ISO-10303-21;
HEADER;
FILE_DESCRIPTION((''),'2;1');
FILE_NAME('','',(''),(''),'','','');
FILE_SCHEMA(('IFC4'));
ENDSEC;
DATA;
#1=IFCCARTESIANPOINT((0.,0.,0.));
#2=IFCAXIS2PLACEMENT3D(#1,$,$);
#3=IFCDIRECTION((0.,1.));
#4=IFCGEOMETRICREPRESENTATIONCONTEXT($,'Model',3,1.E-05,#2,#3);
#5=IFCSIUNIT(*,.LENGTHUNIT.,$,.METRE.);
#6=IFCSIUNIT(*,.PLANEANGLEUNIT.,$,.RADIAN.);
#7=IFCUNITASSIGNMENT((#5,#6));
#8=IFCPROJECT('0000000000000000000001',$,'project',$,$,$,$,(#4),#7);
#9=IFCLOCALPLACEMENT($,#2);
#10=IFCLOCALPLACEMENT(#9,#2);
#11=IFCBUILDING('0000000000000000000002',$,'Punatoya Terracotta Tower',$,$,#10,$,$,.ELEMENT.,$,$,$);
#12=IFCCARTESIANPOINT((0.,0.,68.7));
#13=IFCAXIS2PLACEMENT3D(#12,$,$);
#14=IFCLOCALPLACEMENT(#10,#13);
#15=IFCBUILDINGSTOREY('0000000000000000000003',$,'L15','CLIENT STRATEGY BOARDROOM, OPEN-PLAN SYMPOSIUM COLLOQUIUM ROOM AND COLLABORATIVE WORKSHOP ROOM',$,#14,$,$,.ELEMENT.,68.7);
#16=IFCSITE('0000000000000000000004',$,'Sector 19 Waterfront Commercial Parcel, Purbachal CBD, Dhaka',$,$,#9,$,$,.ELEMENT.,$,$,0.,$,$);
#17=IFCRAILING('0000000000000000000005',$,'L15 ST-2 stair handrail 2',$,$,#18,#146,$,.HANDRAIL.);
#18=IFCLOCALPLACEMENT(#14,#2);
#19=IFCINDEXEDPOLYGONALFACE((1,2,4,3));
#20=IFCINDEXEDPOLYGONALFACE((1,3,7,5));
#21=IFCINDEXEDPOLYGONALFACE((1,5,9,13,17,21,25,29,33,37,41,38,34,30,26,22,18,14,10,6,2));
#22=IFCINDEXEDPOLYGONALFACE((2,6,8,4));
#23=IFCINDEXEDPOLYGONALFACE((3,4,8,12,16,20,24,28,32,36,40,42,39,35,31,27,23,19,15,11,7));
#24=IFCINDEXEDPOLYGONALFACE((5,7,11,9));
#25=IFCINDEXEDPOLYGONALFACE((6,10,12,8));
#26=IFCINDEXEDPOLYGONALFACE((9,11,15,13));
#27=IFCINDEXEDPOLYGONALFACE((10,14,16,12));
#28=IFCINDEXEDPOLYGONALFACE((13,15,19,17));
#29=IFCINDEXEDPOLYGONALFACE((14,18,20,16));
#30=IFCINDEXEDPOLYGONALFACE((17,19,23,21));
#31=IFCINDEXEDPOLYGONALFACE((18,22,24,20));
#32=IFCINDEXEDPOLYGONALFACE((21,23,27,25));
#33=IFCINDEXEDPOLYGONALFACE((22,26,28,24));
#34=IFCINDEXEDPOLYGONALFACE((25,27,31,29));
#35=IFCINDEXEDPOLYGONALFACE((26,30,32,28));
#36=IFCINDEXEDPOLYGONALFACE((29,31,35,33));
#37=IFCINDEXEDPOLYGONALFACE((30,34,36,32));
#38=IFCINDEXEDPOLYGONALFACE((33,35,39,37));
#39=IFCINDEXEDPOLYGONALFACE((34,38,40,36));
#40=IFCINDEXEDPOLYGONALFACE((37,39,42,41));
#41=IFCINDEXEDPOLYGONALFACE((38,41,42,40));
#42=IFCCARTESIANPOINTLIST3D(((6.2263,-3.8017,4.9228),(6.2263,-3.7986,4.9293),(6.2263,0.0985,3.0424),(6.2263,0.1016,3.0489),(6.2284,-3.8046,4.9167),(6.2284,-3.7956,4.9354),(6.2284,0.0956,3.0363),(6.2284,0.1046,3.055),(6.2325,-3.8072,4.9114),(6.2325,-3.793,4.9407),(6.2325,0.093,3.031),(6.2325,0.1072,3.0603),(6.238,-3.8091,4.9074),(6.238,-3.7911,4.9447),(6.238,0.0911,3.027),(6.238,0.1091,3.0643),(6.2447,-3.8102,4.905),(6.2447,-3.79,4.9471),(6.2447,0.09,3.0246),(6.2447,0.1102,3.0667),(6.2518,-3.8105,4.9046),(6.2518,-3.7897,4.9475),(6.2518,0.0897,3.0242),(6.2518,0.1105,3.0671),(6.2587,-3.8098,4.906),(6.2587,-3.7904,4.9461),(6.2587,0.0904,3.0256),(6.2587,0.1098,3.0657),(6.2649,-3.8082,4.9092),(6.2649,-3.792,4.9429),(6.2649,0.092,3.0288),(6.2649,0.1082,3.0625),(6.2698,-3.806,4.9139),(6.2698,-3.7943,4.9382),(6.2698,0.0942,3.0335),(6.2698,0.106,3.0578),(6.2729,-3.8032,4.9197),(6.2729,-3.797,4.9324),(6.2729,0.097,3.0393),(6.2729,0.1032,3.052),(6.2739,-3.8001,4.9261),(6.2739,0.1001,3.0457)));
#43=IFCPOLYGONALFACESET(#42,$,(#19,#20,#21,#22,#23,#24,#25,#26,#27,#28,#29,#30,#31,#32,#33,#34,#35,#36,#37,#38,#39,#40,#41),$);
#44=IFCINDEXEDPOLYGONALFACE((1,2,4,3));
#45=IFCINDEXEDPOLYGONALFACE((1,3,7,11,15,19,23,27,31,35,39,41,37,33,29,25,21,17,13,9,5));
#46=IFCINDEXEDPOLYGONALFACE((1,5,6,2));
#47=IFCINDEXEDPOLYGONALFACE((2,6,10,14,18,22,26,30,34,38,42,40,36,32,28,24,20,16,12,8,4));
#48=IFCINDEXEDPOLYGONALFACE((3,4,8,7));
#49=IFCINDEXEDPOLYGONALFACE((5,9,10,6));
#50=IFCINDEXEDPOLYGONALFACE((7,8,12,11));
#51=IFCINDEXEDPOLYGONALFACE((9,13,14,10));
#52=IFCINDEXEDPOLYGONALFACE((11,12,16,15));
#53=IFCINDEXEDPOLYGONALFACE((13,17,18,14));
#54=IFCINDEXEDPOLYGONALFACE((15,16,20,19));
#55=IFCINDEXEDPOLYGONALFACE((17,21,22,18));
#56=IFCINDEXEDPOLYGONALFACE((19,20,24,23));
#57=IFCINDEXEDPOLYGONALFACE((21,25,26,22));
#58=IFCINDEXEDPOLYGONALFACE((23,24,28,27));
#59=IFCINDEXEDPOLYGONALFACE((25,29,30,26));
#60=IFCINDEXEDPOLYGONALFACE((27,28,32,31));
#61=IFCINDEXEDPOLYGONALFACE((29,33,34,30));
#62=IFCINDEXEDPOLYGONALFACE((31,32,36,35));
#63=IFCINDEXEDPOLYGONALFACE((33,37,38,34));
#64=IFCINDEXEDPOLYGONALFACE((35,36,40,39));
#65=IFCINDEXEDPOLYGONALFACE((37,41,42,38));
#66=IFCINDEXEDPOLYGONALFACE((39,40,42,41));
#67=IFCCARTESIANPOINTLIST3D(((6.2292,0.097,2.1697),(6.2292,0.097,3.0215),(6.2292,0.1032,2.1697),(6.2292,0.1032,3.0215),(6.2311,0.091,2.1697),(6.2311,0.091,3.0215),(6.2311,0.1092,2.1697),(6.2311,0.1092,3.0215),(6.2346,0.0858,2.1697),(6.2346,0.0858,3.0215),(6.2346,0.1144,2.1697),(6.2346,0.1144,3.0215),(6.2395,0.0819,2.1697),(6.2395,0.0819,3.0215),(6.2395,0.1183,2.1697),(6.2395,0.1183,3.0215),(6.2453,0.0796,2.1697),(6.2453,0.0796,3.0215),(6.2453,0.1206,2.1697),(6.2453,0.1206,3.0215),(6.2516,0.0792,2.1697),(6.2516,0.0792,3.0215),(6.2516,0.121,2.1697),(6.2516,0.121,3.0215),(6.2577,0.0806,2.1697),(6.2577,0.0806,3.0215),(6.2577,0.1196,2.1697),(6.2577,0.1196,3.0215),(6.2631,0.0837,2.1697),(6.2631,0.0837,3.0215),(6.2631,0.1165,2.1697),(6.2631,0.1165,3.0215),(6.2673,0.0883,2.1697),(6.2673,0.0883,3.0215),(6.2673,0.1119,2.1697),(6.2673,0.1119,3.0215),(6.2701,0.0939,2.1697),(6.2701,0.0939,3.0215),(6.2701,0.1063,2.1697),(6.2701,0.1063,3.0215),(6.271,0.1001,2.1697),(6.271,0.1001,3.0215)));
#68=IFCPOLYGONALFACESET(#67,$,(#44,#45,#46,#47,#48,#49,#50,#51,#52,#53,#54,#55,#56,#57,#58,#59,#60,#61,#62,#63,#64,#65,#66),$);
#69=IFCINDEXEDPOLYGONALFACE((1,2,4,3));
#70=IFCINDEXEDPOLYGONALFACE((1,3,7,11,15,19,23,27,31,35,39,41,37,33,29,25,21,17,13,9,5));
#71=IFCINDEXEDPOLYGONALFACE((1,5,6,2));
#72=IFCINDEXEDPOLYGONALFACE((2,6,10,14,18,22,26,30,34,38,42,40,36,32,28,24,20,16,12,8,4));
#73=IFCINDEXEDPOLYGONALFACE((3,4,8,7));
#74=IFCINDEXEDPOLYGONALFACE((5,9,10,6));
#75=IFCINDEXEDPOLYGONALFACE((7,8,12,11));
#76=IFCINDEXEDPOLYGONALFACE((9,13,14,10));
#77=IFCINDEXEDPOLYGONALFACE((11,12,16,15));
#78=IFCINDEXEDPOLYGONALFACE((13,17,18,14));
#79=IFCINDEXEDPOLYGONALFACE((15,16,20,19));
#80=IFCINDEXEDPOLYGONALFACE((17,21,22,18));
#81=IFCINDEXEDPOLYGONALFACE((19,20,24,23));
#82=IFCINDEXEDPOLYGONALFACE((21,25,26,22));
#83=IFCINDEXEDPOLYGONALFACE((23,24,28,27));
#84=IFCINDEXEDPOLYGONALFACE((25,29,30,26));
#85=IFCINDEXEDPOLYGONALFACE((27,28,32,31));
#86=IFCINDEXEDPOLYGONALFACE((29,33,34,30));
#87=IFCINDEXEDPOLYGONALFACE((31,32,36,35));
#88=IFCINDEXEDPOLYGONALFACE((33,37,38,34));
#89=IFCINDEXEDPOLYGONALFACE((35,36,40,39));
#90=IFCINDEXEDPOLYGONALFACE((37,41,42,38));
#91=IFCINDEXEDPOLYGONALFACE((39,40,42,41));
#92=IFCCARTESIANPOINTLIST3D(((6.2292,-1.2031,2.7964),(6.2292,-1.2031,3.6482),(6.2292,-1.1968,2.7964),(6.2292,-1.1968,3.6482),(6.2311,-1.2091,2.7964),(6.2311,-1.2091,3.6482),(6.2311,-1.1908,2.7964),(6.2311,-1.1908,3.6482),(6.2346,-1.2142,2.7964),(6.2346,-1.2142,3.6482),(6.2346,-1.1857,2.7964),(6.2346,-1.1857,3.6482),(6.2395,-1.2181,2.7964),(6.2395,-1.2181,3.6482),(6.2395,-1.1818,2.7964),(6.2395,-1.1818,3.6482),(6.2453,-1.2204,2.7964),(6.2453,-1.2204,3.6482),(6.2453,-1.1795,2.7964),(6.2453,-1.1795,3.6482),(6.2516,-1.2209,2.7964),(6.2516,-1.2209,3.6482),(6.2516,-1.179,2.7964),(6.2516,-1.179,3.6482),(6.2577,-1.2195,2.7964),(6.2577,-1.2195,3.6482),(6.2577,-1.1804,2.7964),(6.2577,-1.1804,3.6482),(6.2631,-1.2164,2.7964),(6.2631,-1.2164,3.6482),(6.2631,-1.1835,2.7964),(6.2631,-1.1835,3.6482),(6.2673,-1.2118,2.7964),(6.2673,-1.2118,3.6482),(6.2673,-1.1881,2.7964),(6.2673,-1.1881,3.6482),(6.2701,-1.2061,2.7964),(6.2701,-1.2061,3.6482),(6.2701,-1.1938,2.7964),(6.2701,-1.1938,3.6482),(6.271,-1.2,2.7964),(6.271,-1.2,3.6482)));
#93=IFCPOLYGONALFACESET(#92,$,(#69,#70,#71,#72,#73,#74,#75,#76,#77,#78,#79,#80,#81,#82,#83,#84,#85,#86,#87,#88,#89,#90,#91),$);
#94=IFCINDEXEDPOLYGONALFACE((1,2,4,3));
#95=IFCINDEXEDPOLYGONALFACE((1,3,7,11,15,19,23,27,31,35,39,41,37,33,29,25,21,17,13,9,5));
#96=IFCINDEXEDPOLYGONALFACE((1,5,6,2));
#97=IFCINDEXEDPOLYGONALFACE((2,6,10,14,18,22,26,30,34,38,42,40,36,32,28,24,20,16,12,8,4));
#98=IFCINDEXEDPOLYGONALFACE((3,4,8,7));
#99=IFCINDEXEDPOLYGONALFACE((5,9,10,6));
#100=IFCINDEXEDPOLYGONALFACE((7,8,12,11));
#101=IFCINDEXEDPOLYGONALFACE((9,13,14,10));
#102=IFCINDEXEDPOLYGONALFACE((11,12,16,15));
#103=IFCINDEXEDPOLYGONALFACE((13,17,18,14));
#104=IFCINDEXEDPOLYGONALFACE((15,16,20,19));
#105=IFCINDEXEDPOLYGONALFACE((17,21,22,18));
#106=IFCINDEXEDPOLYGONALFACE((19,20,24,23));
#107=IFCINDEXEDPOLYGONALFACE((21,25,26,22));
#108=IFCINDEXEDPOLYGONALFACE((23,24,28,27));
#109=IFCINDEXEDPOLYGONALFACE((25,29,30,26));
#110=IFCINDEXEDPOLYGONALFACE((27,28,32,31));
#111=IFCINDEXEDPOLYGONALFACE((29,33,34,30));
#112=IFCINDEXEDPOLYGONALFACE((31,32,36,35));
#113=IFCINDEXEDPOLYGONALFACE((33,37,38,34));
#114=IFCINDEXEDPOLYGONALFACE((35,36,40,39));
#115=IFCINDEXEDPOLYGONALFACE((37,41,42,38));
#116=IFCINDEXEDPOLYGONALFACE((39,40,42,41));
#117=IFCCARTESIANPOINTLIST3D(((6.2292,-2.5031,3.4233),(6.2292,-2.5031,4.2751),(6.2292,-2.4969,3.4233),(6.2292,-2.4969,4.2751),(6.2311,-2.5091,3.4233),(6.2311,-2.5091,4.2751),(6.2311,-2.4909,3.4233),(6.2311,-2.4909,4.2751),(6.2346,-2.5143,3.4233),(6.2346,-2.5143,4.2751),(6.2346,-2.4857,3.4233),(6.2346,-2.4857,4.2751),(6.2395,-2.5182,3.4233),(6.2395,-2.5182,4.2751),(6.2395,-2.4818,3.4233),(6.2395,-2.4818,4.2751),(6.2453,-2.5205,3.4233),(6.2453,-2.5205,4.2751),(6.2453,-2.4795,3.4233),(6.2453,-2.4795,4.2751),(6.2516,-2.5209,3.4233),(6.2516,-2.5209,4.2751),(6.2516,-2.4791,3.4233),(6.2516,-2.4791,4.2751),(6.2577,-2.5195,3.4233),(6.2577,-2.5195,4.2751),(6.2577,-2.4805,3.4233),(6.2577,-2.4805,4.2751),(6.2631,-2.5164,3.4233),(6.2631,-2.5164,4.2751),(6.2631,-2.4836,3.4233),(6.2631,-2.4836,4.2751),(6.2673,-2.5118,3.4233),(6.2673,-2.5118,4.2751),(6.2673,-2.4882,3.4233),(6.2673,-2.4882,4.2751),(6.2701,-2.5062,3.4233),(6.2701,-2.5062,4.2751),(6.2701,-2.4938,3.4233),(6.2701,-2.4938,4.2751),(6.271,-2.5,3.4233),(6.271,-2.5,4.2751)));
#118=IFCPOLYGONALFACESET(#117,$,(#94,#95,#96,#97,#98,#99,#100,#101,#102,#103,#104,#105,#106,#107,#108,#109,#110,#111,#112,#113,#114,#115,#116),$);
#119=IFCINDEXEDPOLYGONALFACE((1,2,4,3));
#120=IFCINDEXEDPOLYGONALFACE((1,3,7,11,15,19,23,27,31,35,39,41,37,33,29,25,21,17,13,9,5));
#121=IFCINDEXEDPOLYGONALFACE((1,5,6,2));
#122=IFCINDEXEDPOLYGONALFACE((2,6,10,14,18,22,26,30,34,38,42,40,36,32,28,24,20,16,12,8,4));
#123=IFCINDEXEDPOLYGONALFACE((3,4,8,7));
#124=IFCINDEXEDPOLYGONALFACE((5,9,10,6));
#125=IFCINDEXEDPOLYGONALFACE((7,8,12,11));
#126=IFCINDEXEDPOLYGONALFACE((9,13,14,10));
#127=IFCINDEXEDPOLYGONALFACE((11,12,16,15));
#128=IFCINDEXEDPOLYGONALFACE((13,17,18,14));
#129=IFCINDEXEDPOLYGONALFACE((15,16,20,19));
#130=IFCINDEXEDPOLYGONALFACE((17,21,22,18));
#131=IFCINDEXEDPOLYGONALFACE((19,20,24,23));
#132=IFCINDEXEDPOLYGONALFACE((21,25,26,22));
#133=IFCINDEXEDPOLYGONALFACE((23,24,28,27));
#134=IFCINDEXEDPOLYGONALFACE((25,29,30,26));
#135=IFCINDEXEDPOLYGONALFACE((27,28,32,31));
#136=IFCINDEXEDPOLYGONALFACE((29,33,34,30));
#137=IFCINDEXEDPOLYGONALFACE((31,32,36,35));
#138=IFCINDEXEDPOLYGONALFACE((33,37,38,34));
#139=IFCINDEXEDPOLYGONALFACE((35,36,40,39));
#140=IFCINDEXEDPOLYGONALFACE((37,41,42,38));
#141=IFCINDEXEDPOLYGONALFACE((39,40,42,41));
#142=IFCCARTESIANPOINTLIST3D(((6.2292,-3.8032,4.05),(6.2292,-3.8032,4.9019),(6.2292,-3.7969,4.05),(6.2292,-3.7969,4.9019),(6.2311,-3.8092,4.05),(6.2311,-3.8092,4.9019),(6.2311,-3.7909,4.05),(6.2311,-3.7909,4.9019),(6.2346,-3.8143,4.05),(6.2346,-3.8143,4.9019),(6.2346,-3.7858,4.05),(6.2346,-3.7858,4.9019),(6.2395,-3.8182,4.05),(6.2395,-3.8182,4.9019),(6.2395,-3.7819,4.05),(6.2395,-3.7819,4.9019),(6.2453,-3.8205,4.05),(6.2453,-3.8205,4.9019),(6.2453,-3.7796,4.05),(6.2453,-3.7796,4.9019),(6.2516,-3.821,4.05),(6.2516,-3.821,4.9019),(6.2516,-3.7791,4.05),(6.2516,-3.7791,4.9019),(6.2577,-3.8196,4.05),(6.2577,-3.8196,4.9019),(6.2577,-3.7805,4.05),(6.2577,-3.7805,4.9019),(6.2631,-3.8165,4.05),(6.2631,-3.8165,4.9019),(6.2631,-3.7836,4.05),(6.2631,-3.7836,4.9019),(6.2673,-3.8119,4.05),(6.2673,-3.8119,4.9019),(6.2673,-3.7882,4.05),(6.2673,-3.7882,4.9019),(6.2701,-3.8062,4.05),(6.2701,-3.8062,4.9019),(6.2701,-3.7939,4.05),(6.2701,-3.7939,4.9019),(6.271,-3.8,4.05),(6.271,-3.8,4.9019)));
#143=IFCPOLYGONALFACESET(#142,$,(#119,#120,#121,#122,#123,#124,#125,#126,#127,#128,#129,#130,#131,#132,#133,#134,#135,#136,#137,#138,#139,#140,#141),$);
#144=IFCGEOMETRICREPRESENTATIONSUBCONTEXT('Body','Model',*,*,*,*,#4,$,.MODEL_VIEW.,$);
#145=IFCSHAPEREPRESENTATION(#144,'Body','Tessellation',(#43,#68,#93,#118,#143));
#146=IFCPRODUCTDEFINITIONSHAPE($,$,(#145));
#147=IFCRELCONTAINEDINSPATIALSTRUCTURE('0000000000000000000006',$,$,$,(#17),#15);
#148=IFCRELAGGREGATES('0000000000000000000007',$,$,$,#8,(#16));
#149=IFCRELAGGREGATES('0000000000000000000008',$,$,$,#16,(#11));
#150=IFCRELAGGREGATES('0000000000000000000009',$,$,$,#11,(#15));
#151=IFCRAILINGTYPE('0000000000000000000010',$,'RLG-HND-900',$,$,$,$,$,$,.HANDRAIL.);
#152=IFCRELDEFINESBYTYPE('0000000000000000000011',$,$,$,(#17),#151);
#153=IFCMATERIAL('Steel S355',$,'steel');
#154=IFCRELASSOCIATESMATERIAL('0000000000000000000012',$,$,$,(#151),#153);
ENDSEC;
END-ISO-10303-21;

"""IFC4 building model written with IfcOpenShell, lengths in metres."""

from ifc_helpers import new_model, si_unit, direction, frame, origin, origin_2d, place, context, subcontext, project, spatial, circle, extrude, material, type_object, element, save


model = new_model("IFC4")

# Units and contexts
model_context = context("Model", 3, precision=1e-05, world=origin(), true_north=direction((0.0, 1.0)))
body_context = subcontext(model_context, "Body", "Model", "MODEL_VIEW")
ifc_project = project(units=[si_unit("LENGTHUNIT", "METRE"), si_unit("PLANEANGLEUNIT", "RADIAN")], contexts=[model_context])

# Site, building, storey
site_placement = place(None, origin())
site = spatial("IfcSite", under=ifc_project, at=site_placement, Name="Sector 19 Waterfront Commercial Parcel, Purbachal CBD, Dhaka", CompositionType="ELEMENT", RefElevation=0.0)
building_placement = place(site_placement, origin())
building = spatial("IfcBuilding", under=site, at=building_placement, Name="Punatoya Terracotta Tower", CompositionType="ELEMENT")
storey_placement = place(building_placement, frame((0.0, 0.0, 68.7)))
storey = spatial("IfcBuildingStorey", under=building, at=storey_placement, Name="L15", Description="CLIENT STRATEGY BOARDROOM, OPEN-PLAN SYMPOSIUM COLLOQUIUM ROOM AND COLLABORATIVE WORKSHOP ROOM", CompositionType="ELEMENT", Elevation=68.7)

# Shared definitions
ifc_material_1 = material(Name="Steel S355", Category="steel")

# Railing
railing_type_1 = type_object("IfcRailingType", Name="RLG-HND-900", PredefinedType="HANDRAIL", material=ifc_material_1)
railing_1_placement = place(storey_placement, frame((6.25, 0.1001, 2.1697)))
element("IfcRailing", 1, at=railing_1_placement, inside=storey, type_object=railing_type_1, Name="L15 ST-2 stair handrail 2", PredefinedType="HANDRAIL", context=body_context, shape_type="SweptSolid", body=[
    extrude(circle(Radius=0.0239, at=origin_2d()), frame((0.0, 0.0, 0.876), z_axis=(0.0, -0.900774, 0.434289), x_axis=(1.0, 0.0, 0.0)), (0.0, 0.0, 1.0), 4.3298),
    extrude(circle(Radius=0.021, at=origin_2d()), origin(), (0.0, 0.0, 1.0), 0.8518),
    extrude(circle(Radius=0.021, at=origin_2d()), frame((0.0, -1.3, 0.6267)), (0.0, 0.0, 1.0), 0.8518),
    extrude(circle(Radius=0.021, at=origin_2d()), frame((0.0, -2.6001, 1.2537)), (0.0, 0.0, 1.0), 0.8518),
    extrude(circle(Radius=0.021, at=origin_2d()), frame((0.0, -3.9001, 1.8804)), (0.0, 0.0, 1.0), 0.8518),
])

save(model, "model.ifc")
